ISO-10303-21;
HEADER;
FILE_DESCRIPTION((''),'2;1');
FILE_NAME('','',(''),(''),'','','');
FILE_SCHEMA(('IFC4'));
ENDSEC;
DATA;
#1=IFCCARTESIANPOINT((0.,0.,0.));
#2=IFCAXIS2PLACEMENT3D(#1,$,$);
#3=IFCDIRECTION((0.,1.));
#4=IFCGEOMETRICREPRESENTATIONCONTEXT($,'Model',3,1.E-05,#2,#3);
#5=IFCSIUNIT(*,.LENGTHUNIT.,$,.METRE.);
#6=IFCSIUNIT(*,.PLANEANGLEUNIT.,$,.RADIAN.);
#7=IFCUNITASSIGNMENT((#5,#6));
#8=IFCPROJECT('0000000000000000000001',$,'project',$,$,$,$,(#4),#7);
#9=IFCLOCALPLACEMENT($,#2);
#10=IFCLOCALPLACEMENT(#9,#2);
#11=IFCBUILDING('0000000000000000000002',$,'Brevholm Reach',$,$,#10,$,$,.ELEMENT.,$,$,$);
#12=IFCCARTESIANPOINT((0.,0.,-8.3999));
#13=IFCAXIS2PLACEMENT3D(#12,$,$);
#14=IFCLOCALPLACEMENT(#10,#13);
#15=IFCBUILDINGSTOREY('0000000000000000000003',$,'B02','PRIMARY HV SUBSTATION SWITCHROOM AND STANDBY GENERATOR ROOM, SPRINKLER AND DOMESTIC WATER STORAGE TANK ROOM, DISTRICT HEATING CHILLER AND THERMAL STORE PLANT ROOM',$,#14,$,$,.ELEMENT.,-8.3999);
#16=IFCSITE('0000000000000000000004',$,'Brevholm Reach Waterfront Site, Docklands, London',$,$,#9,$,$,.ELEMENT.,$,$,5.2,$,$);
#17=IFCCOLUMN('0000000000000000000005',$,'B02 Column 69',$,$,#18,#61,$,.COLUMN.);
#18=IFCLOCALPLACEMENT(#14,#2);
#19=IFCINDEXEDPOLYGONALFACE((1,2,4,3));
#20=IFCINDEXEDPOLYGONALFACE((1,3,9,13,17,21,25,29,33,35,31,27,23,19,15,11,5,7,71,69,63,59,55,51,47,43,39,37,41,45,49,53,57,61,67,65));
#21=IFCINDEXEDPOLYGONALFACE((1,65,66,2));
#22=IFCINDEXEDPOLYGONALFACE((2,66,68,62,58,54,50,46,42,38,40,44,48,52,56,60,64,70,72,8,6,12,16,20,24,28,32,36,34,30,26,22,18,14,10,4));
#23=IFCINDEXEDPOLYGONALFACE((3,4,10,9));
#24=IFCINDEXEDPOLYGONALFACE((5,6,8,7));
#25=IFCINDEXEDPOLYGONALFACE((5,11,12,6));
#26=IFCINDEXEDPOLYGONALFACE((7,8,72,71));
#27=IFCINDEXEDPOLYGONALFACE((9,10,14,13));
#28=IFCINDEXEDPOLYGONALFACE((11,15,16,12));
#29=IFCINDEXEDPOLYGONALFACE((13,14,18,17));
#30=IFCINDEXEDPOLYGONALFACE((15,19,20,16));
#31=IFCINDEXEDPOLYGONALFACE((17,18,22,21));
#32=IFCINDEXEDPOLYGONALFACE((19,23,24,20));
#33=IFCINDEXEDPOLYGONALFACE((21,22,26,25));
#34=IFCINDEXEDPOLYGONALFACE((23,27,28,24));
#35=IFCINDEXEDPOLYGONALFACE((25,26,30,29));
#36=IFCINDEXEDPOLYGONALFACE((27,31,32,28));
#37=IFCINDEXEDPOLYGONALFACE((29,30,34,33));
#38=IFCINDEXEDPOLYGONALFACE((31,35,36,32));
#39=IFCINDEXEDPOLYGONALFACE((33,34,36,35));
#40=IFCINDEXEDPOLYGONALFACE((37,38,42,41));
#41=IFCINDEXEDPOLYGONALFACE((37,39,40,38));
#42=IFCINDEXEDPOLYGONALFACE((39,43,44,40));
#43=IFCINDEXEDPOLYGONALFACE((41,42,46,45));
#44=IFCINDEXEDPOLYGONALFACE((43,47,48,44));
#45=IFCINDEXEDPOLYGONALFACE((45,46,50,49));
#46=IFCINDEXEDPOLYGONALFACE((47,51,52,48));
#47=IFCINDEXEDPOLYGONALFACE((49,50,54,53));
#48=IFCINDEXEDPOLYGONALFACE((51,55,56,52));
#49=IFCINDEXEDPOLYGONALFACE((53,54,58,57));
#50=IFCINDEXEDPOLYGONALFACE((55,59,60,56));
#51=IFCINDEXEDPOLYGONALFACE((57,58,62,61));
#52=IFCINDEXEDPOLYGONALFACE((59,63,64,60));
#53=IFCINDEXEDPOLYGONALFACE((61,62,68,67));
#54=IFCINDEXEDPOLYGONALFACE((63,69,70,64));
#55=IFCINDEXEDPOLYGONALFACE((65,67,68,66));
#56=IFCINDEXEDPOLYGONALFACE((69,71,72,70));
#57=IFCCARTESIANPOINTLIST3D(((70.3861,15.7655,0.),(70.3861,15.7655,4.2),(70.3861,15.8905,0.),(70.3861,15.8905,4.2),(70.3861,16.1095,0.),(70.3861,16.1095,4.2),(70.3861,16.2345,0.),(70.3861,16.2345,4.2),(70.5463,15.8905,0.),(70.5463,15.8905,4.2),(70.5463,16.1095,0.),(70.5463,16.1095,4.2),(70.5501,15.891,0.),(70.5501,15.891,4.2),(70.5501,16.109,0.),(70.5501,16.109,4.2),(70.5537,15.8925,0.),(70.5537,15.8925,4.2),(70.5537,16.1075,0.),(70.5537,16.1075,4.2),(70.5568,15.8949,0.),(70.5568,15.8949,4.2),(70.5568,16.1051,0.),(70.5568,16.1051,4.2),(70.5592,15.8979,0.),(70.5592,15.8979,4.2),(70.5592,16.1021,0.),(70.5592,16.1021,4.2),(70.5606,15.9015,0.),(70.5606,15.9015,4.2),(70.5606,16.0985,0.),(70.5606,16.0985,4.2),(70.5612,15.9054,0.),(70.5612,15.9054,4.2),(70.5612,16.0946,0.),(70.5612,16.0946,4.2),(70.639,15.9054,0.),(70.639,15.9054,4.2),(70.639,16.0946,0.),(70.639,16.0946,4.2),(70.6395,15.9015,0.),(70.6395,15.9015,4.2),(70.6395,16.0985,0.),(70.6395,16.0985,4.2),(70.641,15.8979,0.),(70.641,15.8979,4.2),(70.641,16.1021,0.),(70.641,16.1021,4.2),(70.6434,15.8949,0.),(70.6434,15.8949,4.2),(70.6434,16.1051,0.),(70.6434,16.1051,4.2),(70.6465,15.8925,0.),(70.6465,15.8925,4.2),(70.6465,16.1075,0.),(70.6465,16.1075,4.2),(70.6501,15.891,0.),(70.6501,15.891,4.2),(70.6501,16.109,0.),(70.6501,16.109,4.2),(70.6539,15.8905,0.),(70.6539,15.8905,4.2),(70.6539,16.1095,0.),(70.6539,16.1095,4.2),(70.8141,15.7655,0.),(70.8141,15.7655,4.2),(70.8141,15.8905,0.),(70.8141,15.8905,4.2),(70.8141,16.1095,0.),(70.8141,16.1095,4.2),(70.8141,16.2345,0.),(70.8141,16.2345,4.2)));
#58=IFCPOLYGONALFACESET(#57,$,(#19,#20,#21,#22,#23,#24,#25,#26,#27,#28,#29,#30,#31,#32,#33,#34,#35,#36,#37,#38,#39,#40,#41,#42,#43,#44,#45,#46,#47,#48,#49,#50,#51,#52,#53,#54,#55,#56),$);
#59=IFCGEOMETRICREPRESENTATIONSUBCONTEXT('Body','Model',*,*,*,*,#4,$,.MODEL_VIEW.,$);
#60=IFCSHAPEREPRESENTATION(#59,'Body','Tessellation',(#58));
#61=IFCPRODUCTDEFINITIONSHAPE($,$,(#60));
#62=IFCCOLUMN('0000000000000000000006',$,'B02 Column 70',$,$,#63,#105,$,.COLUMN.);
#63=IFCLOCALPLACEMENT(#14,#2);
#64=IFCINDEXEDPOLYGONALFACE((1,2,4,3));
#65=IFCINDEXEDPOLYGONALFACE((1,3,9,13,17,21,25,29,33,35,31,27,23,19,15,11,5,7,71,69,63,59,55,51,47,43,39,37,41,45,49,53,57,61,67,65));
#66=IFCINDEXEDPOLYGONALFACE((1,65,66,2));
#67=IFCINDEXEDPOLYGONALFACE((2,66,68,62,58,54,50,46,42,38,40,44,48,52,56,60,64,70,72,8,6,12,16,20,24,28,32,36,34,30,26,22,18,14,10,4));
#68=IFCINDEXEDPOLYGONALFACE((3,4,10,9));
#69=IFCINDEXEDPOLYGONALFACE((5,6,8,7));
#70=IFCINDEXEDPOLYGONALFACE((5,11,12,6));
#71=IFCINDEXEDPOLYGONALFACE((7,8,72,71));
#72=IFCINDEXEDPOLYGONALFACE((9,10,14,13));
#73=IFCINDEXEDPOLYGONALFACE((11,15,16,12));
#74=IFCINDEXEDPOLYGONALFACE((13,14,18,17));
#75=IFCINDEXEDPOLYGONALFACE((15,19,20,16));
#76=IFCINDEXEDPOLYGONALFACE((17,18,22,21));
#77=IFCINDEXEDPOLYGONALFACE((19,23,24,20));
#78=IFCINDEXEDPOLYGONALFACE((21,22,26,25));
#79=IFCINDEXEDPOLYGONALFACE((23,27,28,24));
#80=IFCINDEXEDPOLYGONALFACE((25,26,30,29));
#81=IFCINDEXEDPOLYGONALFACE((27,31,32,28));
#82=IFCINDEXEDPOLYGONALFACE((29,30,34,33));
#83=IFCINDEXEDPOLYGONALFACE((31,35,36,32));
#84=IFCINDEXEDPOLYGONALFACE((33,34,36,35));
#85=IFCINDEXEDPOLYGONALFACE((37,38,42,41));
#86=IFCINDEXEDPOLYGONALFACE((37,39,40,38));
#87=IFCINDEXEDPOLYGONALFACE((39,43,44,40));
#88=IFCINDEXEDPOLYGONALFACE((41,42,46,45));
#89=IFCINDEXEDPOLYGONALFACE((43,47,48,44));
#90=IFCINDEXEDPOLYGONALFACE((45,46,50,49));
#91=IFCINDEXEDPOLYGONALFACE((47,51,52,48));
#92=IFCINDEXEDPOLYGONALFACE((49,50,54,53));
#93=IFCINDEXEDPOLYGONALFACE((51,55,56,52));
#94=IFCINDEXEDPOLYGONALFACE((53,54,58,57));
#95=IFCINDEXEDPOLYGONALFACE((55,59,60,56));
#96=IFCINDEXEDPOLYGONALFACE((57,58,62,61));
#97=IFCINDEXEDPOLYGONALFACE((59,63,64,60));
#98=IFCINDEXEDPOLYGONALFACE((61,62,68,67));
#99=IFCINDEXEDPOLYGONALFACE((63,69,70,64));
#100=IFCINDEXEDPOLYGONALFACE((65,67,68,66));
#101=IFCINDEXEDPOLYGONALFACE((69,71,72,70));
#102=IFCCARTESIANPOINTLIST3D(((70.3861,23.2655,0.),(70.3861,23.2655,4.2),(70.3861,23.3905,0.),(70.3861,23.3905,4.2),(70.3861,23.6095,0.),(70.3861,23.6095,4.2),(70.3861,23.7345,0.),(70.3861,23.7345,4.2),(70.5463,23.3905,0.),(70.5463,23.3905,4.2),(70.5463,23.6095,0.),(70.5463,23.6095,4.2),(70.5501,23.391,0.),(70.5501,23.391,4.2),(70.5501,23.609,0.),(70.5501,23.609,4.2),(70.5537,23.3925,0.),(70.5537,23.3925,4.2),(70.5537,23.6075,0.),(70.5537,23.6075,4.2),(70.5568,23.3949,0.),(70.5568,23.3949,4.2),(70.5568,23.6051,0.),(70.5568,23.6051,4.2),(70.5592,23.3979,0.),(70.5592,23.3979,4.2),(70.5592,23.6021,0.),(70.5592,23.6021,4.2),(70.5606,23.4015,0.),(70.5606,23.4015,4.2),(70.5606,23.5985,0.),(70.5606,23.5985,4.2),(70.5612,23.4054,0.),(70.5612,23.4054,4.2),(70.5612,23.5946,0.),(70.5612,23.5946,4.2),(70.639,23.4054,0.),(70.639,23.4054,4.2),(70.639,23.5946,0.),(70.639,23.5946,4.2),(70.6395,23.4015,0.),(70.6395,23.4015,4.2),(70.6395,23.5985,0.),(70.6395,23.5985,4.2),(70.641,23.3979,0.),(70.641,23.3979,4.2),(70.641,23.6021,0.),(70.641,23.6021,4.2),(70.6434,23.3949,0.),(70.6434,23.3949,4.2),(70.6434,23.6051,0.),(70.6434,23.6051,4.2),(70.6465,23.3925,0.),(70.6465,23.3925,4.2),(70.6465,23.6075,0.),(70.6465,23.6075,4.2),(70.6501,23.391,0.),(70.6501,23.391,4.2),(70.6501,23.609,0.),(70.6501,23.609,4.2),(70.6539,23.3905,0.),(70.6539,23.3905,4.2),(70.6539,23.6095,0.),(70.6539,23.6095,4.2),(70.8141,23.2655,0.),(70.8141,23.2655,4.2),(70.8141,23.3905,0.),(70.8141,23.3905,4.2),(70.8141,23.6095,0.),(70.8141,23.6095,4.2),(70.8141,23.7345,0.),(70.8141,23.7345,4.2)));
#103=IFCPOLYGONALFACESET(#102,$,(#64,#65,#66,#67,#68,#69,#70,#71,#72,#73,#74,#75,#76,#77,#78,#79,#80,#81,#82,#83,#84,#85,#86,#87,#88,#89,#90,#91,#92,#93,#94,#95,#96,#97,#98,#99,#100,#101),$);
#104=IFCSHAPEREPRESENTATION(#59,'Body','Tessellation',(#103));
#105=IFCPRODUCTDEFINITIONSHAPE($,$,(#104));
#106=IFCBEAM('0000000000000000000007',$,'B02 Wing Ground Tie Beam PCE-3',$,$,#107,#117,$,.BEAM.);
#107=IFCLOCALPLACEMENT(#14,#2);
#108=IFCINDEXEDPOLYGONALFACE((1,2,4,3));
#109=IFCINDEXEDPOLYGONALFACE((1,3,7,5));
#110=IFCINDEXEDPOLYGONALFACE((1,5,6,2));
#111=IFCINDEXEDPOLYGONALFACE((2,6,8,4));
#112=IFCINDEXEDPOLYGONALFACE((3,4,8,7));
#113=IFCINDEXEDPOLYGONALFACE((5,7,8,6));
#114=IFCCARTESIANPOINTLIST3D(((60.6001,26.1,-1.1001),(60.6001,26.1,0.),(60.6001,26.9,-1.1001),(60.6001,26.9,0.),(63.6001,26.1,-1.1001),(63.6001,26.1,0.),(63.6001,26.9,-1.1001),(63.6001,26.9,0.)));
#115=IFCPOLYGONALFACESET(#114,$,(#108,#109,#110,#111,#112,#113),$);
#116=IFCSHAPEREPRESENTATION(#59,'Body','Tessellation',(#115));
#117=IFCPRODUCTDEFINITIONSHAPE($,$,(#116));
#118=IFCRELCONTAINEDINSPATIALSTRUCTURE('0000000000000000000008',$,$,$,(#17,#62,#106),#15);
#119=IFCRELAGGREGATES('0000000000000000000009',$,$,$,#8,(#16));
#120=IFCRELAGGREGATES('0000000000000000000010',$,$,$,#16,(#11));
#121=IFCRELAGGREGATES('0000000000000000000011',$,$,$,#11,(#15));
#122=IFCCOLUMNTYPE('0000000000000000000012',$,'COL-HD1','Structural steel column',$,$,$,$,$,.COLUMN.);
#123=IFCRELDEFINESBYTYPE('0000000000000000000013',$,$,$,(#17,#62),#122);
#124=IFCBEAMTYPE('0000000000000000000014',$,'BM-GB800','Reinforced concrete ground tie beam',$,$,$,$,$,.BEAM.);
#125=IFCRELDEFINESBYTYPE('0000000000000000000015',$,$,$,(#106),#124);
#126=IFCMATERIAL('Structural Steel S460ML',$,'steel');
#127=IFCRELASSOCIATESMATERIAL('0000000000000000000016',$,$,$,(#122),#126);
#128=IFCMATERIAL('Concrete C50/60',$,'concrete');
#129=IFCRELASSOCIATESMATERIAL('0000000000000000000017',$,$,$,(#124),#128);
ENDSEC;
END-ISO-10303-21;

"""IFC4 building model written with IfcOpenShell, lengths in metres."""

from ifc_helpers import new_model, si_unit, direction, frame, origin, origin_2d, place, context, subcontext, project, spatial, rectangle, i_section, extrude, material, material_profile, profile_set, type_object, element, save


model = new_model("IFC4")

# Units and contexts
model_context = context("Model", 3, precision=1e-05, world=origin(), true_north=direction((0.0, 1.0)))
body_context = subcontext(model_context, "Body", "Model", "MODEL_VIEW")
ifc_project = project(units=[si_unit("LENGTHUNIT", "METRE"), si_unit("PLANEANGLEUNIT", "RADIAN")], contexts=[model_context])

# Site, building, storey
site_placement = place(None, origin())
site = spatial("IfcSite", under=ifc_project, at=site_placement, Name="Brevholm Reach Waterfront Site, Docklands, London", CompositionType="ELEMENT", RefElevation=5.2)
building_placement = place(site_placement, origin())
building = spatial("IfcBuilding", under=site, at=building_placement, Name="Brevholm Reach", CompositionType="ELEMENT")
storey_placement = place(building_placement, frame((0.0, 0.0, -8.3999)))
storey = spatial("IfcBuildingStorey", under=building, at=storey_placement, Name="B02", Description="PRIMARY HV SUBSTATION SWITCHROOM AND STANDBY GENERATOR ROOM, SPRINKLER AND DOMESTIC WATER STORAGE TANK ROOM, DISTRICT HEATING CHILLER AND THERMAL STORE PLANT ROOM", CompositionType="ELEMENT", Elevation=-8.3999)

# Columns
ifc_material_1 = material(Name="Structural Steel S460ML", Category="steel")
ifc_material_profile_1 = material_profile(ifc_material_1, i_section(OverallWidth=0.428, OverallDepth=0.469, WebThickness=0.0779, FlangeThickness=0.125, FilletRadius=0.0149, at=origin_2d()), Name="HD 400x1086")
ifc_profile_set_1 = profile_set([ifc_material_profile_1], Name="Structural Steel S460ML")
column_type = type_object("IfcColumnType", Name="COL-HD1", Description="Structural steel column", PredefinedType="COLUMN", material=ifc_profile_set_1)
for number, where, z_axis, x_axis, name in (
    (1, (70.6001, 16.0, 0.0), (0.0, 0.0, 1.0), (1.0, 0.0, 0.0), "B02 Column 69"),
    (2, (70.6001, 23.5, 0.0), (0.0, 0.0, 1.0), (1.0, 0.0, 0.0), "B02 Column 70"),
):
    element("IfcColumn", number, at=place(storey_placement, frame(where, z_axis=z_axis, x_axis=x_axis)), inside=storey, type_object=column_type, Name=name, PredefinedType="COLUMN", context=body_context, shape_type="SweptSolid", body=[
        extrude(i_section(OverallWidth=0.428, OverallDepth=0.469, WebThickness=0.0779, FlangeThickness=0.125, FilletRadius=0.0149, at=origin_2d()), origin(), (0.0, 0.0, 1.0), 4.2),
    ])

# Beam
ifc_material_2 = material(Name="Concrete C50/60", Category="concrete")
ifc_material_profile_2 = material_profile(ifc_material_2, rectangle(XDim=0.8, YDim=1.1001, at=origin_2d()), Name="RC 800x1100")
ifc_profile_set_2 = profile_set([ifc_material_profile_2], Name="Concrete C50/60")
beam_type = type_object("IfcBeamType", Name="BM-GB800", Description="Reinforced concrete ground tie beam", PredefinedType="BEAM", material=ifc_profile_set_2)
beam_placement = place(storey_placement, frame((60.6001, 26.5, -0.55), z_axis=(1.0, 0.0, 0.0), x_axis=(0.0, 1.0, 0.0)))
element("IfcBeam", 3, at=beam_placement, inside=storey, type_object=beam_type, Name="B02 Wing Ground Tie Beam PCE-3", PredefinedType="BEAM", context=body_context, shape_type="SweptSolid", body=[
    extrude(rectangle(XDim=0.8, YDim=1.1001, at=origin_2d()), origin(), (0.0, 0.0, 1.0), 3.0),
])

save(model, "model.ifc")
